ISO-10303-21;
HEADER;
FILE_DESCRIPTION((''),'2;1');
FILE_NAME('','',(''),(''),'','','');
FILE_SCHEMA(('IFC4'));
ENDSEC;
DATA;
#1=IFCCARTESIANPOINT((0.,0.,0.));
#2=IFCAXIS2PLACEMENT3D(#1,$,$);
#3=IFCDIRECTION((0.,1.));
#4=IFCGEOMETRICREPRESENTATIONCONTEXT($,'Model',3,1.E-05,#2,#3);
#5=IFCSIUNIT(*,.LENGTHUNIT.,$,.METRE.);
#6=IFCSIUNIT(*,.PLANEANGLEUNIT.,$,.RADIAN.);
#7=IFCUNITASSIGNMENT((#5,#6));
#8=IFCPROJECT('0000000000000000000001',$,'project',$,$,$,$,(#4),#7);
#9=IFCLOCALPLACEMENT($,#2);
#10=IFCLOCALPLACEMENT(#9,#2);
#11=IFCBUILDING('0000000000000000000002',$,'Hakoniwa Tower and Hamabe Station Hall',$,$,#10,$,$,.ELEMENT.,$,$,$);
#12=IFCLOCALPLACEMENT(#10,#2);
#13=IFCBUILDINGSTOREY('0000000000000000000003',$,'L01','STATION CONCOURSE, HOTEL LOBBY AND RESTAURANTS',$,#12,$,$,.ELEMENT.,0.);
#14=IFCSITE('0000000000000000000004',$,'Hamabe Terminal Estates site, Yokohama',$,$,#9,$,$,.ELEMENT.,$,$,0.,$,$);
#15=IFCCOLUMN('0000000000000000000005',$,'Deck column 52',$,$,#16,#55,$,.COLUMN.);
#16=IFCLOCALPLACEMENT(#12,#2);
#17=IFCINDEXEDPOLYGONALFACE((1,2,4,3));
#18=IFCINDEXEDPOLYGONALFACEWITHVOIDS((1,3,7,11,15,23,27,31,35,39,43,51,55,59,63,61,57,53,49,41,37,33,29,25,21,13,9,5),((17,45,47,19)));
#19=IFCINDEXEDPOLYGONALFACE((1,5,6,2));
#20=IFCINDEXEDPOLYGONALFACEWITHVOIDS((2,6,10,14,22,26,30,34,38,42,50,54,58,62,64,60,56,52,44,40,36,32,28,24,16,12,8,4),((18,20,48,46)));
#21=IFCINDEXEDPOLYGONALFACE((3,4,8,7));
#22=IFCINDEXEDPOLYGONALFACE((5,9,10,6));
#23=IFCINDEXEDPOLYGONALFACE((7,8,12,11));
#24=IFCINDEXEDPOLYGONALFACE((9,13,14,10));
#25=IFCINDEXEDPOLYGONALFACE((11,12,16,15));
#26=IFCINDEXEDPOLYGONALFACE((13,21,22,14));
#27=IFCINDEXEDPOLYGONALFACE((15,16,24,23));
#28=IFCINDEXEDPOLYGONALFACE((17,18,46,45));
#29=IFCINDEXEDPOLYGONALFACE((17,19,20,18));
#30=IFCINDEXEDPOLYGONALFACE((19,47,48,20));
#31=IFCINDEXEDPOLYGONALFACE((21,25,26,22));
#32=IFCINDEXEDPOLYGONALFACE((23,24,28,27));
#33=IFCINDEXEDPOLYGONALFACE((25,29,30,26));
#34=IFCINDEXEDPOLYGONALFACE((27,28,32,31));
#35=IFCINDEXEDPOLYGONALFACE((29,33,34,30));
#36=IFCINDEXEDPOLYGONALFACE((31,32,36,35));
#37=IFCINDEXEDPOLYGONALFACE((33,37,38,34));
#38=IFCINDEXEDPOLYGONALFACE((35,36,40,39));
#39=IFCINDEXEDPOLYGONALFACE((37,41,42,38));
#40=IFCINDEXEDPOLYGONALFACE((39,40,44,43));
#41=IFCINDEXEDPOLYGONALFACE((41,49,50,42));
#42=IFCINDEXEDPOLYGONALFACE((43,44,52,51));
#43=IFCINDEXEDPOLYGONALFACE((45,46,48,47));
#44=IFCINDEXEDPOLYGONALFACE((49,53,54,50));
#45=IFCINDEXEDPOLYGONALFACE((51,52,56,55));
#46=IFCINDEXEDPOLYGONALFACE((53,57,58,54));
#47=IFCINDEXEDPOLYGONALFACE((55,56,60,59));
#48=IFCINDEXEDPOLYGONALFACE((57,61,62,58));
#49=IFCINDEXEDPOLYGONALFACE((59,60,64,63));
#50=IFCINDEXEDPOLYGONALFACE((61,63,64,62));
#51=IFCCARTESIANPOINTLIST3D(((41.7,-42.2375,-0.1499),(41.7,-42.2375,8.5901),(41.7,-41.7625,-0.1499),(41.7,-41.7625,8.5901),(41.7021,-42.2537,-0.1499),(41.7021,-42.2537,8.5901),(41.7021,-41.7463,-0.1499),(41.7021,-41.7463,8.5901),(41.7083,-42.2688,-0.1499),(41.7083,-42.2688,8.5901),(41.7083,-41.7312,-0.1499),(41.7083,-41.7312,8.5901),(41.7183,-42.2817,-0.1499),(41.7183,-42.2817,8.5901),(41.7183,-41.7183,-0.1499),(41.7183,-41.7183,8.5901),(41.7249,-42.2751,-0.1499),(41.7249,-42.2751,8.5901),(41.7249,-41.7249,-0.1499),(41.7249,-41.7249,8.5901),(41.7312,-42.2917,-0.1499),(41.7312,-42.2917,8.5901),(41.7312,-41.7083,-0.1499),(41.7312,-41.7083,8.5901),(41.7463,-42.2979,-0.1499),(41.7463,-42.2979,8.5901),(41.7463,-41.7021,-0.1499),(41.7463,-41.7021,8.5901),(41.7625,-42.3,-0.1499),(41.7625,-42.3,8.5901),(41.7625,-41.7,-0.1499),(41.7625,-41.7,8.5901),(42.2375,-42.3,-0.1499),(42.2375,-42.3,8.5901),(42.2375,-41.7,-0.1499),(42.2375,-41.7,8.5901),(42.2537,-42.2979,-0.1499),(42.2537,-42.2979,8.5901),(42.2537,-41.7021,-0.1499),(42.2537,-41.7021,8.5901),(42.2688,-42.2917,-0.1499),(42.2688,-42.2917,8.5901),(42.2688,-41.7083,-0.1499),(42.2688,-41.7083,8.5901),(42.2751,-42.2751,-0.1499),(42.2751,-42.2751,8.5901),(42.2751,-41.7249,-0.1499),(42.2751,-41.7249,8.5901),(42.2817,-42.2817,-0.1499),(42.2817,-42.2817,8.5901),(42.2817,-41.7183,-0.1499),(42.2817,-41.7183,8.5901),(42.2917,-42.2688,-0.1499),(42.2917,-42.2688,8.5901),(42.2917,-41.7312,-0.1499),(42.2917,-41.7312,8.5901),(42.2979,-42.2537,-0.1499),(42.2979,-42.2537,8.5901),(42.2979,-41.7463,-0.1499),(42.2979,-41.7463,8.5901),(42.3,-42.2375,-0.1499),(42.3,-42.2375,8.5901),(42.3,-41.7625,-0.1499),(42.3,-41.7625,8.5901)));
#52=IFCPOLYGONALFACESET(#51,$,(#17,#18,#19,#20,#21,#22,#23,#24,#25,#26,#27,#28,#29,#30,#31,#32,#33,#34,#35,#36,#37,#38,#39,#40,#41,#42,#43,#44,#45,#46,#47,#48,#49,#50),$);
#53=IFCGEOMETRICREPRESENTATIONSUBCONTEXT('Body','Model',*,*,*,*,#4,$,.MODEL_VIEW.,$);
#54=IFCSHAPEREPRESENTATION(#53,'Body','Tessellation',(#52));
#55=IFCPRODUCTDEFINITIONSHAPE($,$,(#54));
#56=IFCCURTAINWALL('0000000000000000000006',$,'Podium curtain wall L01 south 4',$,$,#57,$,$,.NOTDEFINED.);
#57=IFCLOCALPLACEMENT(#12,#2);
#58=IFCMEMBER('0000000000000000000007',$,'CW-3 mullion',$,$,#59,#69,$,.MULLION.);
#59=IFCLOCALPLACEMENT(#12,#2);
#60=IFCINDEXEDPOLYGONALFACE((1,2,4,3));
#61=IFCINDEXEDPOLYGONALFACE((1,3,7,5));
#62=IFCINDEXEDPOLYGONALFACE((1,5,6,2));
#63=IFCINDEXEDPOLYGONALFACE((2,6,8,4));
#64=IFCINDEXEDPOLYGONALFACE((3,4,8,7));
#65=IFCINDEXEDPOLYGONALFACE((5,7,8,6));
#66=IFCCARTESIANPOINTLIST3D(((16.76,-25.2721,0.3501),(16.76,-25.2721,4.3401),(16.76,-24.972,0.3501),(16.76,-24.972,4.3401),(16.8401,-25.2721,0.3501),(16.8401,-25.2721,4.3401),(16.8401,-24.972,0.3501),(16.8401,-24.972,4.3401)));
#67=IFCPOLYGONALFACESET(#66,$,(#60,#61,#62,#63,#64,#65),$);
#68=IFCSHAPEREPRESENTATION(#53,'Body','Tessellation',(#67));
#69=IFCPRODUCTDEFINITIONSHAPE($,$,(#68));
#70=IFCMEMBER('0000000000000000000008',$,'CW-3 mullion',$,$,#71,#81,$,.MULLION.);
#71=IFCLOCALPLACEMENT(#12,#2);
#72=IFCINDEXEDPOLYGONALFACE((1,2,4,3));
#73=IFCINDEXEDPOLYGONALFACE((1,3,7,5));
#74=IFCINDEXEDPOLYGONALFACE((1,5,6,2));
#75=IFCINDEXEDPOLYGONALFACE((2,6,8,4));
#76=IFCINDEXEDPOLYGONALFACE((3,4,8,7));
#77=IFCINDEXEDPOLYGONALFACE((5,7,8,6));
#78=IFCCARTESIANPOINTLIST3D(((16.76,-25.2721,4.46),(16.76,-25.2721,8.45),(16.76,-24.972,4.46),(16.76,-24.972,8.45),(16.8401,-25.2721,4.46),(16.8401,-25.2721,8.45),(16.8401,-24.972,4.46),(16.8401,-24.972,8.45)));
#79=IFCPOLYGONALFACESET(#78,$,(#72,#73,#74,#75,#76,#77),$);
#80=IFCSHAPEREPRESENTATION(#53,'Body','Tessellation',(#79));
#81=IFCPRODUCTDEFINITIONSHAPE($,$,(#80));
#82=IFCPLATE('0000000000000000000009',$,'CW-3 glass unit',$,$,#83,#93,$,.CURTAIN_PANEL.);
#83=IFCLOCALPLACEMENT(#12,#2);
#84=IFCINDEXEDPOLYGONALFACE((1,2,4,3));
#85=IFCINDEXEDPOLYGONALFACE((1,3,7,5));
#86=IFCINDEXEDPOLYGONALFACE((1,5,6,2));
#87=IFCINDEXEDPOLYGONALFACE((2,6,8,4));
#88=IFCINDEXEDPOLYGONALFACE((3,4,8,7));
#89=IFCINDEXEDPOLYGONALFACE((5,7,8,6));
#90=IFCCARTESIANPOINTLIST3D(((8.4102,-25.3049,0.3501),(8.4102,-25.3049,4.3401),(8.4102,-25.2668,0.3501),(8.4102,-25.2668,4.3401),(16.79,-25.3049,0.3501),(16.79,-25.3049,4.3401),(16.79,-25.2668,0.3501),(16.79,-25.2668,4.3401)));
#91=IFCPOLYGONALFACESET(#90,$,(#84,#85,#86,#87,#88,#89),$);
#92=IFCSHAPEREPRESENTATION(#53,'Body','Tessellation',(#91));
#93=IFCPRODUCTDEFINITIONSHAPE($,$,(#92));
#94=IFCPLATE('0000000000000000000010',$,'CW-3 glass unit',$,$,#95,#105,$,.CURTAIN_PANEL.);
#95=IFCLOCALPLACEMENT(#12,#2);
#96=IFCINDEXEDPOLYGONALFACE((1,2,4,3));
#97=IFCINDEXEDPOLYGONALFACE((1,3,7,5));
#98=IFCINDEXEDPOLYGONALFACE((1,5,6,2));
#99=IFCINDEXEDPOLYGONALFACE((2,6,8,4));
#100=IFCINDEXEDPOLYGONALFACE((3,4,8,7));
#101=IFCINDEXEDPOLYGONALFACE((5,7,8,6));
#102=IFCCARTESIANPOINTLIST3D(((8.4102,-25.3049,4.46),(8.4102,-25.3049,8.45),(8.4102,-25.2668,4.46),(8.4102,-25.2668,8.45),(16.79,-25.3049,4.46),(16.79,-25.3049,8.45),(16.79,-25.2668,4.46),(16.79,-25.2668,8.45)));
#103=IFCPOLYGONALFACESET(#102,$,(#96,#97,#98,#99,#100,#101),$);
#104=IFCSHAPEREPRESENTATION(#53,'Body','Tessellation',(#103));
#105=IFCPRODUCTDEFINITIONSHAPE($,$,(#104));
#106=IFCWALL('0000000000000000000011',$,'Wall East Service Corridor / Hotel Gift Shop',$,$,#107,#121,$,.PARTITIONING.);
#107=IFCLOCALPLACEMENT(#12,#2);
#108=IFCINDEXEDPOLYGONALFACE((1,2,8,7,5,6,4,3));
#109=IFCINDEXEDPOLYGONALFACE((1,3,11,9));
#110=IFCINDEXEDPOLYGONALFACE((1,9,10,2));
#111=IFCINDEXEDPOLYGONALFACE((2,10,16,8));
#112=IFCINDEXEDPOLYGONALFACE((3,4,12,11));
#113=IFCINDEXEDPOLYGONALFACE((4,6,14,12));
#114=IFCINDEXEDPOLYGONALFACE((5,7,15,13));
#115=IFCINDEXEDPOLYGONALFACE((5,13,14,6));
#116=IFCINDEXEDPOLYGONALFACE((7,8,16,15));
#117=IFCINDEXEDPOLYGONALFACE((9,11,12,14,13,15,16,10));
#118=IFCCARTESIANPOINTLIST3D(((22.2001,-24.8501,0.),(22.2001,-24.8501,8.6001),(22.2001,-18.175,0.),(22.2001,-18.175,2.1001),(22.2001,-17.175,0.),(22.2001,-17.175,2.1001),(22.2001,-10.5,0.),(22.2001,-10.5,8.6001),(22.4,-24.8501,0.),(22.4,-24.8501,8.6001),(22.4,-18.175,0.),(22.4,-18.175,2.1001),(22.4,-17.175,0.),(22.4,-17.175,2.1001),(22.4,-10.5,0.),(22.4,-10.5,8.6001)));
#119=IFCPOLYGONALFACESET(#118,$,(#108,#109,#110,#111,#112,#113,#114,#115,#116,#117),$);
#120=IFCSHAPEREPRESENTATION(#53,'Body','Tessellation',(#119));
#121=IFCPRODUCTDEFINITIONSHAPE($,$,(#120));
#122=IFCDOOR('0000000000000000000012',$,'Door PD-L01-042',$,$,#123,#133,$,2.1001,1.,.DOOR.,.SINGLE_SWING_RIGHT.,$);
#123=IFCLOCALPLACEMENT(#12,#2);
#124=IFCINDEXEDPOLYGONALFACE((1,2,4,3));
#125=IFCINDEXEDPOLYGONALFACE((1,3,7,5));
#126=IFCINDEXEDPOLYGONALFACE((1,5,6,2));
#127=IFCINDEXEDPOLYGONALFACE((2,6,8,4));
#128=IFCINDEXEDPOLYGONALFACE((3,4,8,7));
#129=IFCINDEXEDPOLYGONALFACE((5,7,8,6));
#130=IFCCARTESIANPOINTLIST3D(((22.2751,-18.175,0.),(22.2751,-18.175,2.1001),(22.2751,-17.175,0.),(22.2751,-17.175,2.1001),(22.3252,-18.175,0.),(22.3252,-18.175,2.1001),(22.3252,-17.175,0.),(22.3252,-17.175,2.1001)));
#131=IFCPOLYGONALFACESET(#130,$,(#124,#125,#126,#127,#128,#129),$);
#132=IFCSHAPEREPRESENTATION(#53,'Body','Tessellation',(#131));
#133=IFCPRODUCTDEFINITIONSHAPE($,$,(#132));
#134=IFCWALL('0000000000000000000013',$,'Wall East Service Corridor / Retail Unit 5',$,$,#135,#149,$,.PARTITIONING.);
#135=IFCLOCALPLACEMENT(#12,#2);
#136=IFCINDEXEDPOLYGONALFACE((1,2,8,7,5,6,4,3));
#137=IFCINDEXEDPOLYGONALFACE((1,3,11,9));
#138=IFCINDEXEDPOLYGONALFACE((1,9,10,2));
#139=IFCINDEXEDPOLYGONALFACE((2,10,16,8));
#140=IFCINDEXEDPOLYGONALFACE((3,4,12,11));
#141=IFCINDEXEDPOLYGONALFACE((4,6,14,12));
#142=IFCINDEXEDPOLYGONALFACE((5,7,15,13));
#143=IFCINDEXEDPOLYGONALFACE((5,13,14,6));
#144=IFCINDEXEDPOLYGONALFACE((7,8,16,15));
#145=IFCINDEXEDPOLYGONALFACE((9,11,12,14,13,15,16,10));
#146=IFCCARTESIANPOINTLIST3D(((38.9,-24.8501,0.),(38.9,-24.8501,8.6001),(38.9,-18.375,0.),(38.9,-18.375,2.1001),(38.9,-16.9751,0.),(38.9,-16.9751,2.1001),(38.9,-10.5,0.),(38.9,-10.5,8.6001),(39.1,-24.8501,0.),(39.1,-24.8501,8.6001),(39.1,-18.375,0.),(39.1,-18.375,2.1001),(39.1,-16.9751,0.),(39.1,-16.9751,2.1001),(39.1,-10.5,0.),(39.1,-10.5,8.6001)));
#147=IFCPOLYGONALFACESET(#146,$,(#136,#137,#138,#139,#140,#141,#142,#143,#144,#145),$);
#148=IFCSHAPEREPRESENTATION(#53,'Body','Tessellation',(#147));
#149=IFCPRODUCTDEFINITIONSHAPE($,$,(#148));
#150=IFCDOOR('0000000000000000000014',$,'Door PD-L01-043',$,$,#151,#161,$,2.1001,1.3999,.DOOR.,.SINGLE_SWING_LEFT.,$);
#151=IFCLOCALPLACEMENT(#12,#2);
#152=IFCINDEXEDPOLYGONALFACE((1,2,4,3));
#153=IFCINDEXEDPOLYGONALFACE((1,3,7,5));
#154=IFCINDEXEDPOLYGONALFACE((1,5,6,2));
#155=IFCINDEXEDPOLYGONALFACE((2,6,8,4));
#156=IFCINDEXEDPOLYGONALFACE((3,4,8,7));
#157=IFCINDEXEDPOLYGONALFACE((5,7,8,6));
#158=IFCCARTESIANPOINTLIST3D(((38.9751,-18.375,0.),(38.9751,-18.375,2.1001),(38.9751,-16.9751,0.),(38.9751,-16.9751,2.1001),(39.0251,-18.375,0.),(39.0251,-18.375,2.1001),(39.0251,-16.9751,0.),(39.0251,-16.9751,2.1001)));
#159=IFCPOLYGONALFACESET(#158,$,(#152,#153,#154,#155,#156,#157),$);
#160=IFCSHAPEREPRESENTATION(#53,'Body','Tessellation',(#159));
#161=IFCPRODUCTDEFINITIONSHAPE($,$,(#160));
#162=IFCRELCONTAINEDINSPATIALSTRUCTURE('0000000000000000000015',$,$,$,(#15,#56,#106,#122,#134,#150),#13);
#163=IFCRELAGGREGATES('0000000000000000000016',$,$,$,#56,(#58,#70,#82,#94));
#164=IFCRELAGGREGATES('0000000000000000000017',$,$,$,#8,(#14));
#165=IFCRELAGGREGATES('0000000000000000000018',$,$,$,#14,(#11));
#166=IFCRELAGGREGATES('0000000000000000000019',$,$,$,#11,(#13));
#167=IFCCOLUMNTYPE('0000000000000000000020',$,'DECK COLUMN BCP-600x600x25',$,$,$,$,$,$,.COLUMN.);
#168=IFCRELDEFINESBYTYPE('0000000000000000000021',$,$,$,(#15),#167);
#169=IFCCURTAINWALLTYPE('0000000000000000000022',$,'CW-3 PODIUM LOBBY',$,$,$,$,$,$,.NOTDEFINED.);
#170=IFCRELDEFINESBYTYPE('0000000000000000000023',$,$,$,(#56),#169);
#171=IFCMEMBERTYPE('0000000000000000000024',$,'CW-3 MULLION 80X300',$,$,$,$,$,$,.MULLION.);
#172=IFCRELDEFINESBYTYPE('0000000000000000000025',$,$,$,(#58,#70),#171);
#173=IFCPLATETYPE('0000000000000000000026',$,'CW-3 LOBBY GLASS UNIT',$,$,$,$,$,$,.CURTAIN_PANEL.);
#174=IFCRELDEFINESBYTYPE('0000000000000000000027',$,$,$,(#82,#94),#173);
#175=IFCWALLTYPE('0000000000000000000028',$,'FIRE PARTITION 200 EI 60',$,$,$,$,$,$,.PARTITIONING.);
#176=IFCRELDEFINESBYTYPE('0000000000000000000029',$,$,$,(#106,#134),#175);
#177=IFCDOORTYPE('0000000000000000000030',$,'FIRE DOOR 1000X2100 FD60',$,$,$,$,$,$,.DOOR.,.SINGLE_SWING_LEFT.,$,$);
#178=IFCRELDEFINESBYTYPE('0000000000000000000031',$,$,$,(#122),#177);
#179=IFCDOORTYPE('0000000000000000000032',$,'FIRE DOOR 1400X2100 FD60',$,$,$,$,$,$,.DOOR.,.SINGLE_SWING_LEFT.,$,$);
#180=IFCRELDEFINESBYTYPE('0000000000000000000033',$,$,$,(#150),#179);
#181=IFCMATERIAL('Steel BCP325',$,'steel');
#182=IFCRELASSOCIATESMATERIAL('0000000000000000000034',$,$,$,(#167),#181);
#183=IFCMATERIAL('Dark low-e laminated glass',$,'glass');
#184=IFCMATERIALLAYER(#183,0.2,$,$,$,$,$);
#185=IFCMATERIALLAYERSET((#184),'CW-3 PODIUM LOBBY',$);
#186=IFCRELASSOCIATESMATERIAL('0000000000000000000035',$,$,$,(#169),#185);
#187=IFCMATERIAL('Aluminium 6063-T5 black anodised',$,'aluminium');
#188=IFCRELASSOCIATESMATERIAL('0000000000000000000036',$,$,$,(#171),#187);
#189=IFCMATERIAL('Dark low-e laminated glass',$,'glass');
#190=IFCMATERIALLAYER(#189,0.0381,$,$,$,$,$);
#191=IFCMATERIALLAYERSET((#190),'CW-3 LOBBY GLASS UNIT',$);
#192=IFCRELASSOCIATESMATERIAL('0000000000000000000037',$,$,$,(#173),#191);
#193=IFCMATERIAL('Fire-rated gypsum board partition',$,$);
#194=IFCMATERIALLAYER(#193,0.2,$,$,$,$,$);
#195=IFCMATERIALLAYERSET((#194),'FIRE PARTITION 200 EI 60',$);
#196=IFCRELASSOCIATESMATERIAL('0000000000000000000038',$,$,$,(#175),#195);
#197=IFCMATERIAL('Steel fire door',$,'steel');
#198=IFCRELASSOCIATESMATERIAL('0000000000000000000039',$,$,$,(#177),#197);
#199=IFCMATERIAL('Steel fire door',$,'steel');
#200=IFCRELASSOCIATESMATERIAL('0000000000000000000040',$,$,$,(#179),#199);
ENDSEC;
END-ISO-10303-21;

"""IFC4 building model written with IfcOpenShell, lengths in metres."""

from ifc_helpers import new_model, si_unit, direction, frame, frame_2d, origin, origin_2d, place, context, subcontext, project, spatial, rectangle, hollow_rectangle, extrude, material, layer, layer_set, material_profile, profile_set, type_object, element, fill, aggregate, save


model = new_model("IFC4")

# Units and contexts
model_context = context("Model", 3, precision=1e-05, world=origin(), true_north=direction((0.0, 1.0)))
body_context = subcontext(model_context, "Body", "Model", "MODEL_VIEW")
ifc_project = project(units=[si_unit("LENGTHUNIT", "METRE"), si_unit("PLANEANGLEUNIT", "RADIAN")], contexts=[model_context])

# Site, building, storey
site_placement = place(None, origin())
site = spatial("IfcSite", under=ifc_project, at=site_placement, Name="Hamabe Terminal Estates site, Yokohama", CompositionType="ELEMENT", RefElevation=0.0)
building_placement = place(site_placement, origin())
building = spatial("IfcBuilding", under=site, at=building_placement, Name="Hakoniwa Tower and Hamabe Station Hall", CompositionType="ELEMENT")
storey_placement = place(building_placement, origin())
storey = spatial("IfcBuildingStorey", under=building, at=storey_placement, Name="L01", Description="STATION CONCOURSE, HOTEL LOBBY AND RESTAURANTS", CompositionType="ELEMENT", Elevation=0.0)

# Column
ifc_material_1 = material(Name="Steel BCP325", Category="steel")
ifc_material_profile_1 = material_profile(ifc_material_1, hollow_rectangle(XDim=0.6001, YDim=0.6001, WallThickness=0.0249, OuterFilletRadius=0.0625, at=origin_2d()), Name="DECK COLUMN BCP-600x600x25")
ifc_profile_set_1 = profile_set([ifc_material_profile_1], Name="Steel BCP325")
column_type_1 = type_object("IfcColumnType", Name="DECK COLUMN BCP-600x600x25", PredefinedType="COLUMN", material=ifc_profile_set_1)
for number, where, z_axis, x_axis, name in (
    (1, (42.0, -42.0, -0.1499), (0.0, 0.0, 1.0), (1.0, 0.0, 0.0), "Deck column 52"),
):
    element("IfcColumn", number, at=place(storey_placement, frame(where, z_axis=z_axis, x_axis=x_axis)), inside=storey, type_object=column_type_1, Name=name, PredefinedType="COLUMN", context=body_context, shape_type="SweptSolid", body=[
        extrude(hollow_rectangle(XDim=0.6001, YDim=0.6001, WallThickness=0.0249, OuterFilletRadius=0.0625, at=origin_2d()), origin(), (0.0, 0.0, 1.0), 8.74),
    ])

# Curtain wall, members, plates
ifc_material_2 = material(Name="Dark low-e laminated glass", Category="glass")
ifc_layer_1 = layer(ifc_material_2, 0.2)
ifc_layer_set_1 = layer_set([ifc_layer_1], Name="CW-3 PODIUM LOBBY")
curtain_wall_type = type_object("IfcCurtainWallType", Name="CW-3 PODIUM LOBBY", PredefinedType="NOTDEFINED", material=ifc_layer_set_1)
curtain_wall_placement = place(storey_placement, origin())
curtain_wall = element("IfcCurtainWall", 2, at=curtain_wall_placement, inside=storey, type_object=curtain_wall_type, Name="Podium curtain wall L01 south 4", PredefinedType="NOTDEFINED")
ifc_material_3 = material(Name="Aluminium 6063-T5 black anodised", Category="aluminium")
ifc_material_profile_2 = material_profile(ifc_material_3, rectangle(XDim=0.0801, YDim=0.3, at=origin_2d()), Name="CW-3 MULLION 80X300")
ifc_profile_set_2 = profile_set([ifc_material_profile_2], Name="Aluminium 6063-T5 black anodised")
member_type = type_object("IfcMemberType", Name="CW-3 MULLION 80X300", PredefinedType="MULLION", material=ifc_profile_set_2)
member_1_placement = place(storey_placement, frame((16.8, -25.1221, 0.3501), z_axis=(0.0, 0.0, 1.0), x_axis=(1.0, 0.0, 0.0)))
member_1 = element("IfcMember", 3, at=member_1_placement, type_object=member_type, Name="CW-3 mullion", PredefinedType="MULLION", context=body_context, shape_type="SweptSolid", body=[
    extrude(rectangle(XDim=0.0801, YDim=0.3, at=origin_2d()), origin(), (0.0, 0.0, 1.0), 3.99),
])
member_2_placement = place(storey_placement, frame((16.8, -25.1221, 4.46), z_axis=(0.0, 0.0, 1.0), x_axis=(1.0, 0.0, 0.0)))
member_2 = element("IfcMember", 4, at=member_2_placement, type_object=member_type, Name="CW-3 mullion", PredefinedType="MULLION", context=body_context, shape_type="SweptSolid", body=[
    extrude(rectangle(XDim=0.0801, YDim=0.3, at=origin_2d()), origin(), (0.0, 0.0, 1.0), 3.99),
])
ifc_material_4 = material(Name="Dark low-e laminated glass", Category="glass")
ifc_layer_2 = layer(ifc_material_4, 0.0381)
ifc_layer_set_2 = layer_set([ifc_layer_2], Name="CW-3 LOBBY GLASS UNIT")
plate_type = type_object("IfcPlateType", Name="CW-3 LOBBY GLASS UNIT", PredefinedType="CURTAIN_PANEL", material=ifc_layer_set_2)
plate_1_placement = place(storey_placement, frame((12.6001, -25.2859, 0.3501), z_axis=(0.0, 0.0, 1.0), x_axis=(1.0, 0.0, 0.0)))
plate_1 = element("IfcPlate", 5, at=plate_1_placement, type_object=plate_type, Name="CW-3 glass unit", PredefinedType="CURTAIN_PANEL", context=body_context, shape_type="SweptSolid", body=[
    extrude(rectangle(XDim=8.3799, YDim=0.0381, at=origin_2d()), origin(), (0.0, 0.0, 1.0), 3.99),
])
plate_2_placement = place(storey_placement, frame((12.6001, -25.2859, 4.46), z_axis=(0.0, 0.0, 1.0), x_axis=(1.0, 0.0, 0.0)))
plate_2 = element("IfcPlate", 6, at=plate_2_placement, type_object=plate_type, Name="CW-3 glass unit", PredefinedType="CURTAIN_PANEL", context=body_context, shape_type="SweptSolid", body=[
    extrude(rectangle(XDim=8.3799, YDim=0.0381, at=origin_2d()), origin(), (0.0, 0.0, 1.0), 3.99),
])
aggregate(curtain_wall, [member_1, member_2, plate_1, plate_2])

# Walls, openings, doors
ifc_material_5 = material(Name="Fire-rated gypsum board partition")
ifc_layer_3 = layer(ifc_material_5, 0.2)
ifc_layer_set_3 = layer_set([ifc_layer_3], Name="FIRE PARTITION 200 EI 60")
wall_type = type_object("IfcWallType", Name="FIRE PARTITION 200 EI 60", PredefinedType="PARTITIONING", material=ifc_layer_set_3)
wall_1_placement = place(storey_placement, frame((22.3, -24.8501, 0.0), z_axis=(0.0, 0.0, 1.0), x_axis=(0.0, 1.0, 0.0)))
wall_1 = element("IfcWall", 7, at=wall_1_placement, inside=storey, type_object=wall_type, Name="Wall East Service Corridor / Hotel Gift Shop", PredefinedType="PARTITIONING", context=body_context, shape_type="SweptSolid", body=[
    extrude(rectangle(XDim=14.3501, YDim=0.2, at=frame_2d((7.175, 0.0))), origin(), (0.0, 0.0, 1.0), 8.6001),
])
opening_1_placement = place(wall_1_placement, frame((6.675, 0.0, 0.0)))
opening_1 = element("IfcOpeningElement", 8, at=opening_1_placement, cuts=wall_1, PredefinedType="OPENING", context=body_context, shape_type="SweptSolid", body=[
    extrude(rectangle(XDim=1.0, YDim=2.1001, at=frame_2d((0.5, 1.05))), frame((0.0, 0.1099, 0.0), z_axis=(0.0, -1.0, 0.0), x_axis=(1.0, 0.0, 0.0)), (0.0, 0.0, 1.0), 0.22),
])
ifc_material_6 = material(Name="Steel fire door", Category="steel")
door_type_1 = type_object("IfcDoorType", Name="FIRE DOOR 1000X2100 FD60", OperationType="SINGLE_SWING_LEFT", PredefinedType="DOOR", material=ifc_material_6)
door_1_placement = place(opening_1_placement, origin())
door_1 = element("IfcDoor", 9, at=door_1_placement, inside=storey, type_object=door_type_1, Name="Door PD-L01-042", OperationType="SINGLE_SWING_RIGHT", OverallHeight=2.1001, OverallWidth=1.0, PredefinedType="DOOR", context=body_context, shape_type="SweptSolid", body=[
    extrude(rectangle(XDim=1.0, YDim=2.1001, at=frame_2d((0.5, 1.05))), frame((0.0, 0.0249, 0.0), z_axis=(0.0, -1.0, 0.0), x_axis=(1.0, 0.0, 0.0)), (0.0, 0.0, 1.0), 0.05),
])
fill(opening_1, door_1)
wall_2_placement = place(storey_placement, frame((39.0, -24.8501, 0.0), z_axis=(0.0, 0.0, 1.0), x_axis=(0.0, 1.0, 0.0)))
wall_2 = element("IfcWall", 10, at=wall_2_placement, inside=storey, type_object=wall_type, Name="Wall East Service Corridor / Retail Unit 5", PredefinedType="PARTITIONING", context=body_context, shape_type="SweptSolid", body=[
    extrude(rectangle(XDim=14.3501, YDim=0.2, at=frame_2d((7.175, 0.0))), origin(), (0.0, 0.0, 1.0), 8.6001),
])
opening_2_placement = place(wall_2_placement, frame((6.4751, 0.0, 0.0)))
opening_2 = element("IfcOpeningElement", 11, at=opening_2_placement, cuts=wall_2, PredefinedType="OPENING", context=body_context, shape_type="SweptSolid", body=[
    extrude(rectangle(XDim=1.3999, YDim=2.1001, at=frame_2d((0.7, 1.05))), frame((0.0, 0.1099, 0.0), z_axis=(0.0, -1.0, 0.0), x_axis=(1.0, 0.0, 0.0)), (0.0, 0.0, 1.0), 0.22),
])
ifc_material_7 = material(Name="Steel fire door", Category="steel")
door_type_2 = type_object("IfcDoorType", Name="FIRE DOOR 1400X2100 FD60", OperationType="SINGLE_SWING_LEFT", PredefinedType="DOOR", material=ifc_material_7)
door_2_placement = place(opening_2_placement, origin())
door_2 = element("IfcDoor", 12, at=door_2_placement, inside=storey, type_object=door_type_2, Name="Door PD-L01-043", OperationType="SINGLE_SWING_LEFT", OverallHeight=2.1001, OverallWidth=1.3999, PredefinedType="DOOR", context=body_context, shape_type="SweptSolid", body=[
    extrude(rectangle(XDim=1.3999, YDim=2.1001, at=frame_2d((0.7, 1.05))), frame((0.0, 0.0249, 0.0), z_axis=(0.0, -1.0, 0.0), x_axis=(1.0, 0.0, 0.0)), (0.0, 0.0, 1.0), 0.05),
])
fill(opening_2, door_2)

save(model, "model.ifc")
